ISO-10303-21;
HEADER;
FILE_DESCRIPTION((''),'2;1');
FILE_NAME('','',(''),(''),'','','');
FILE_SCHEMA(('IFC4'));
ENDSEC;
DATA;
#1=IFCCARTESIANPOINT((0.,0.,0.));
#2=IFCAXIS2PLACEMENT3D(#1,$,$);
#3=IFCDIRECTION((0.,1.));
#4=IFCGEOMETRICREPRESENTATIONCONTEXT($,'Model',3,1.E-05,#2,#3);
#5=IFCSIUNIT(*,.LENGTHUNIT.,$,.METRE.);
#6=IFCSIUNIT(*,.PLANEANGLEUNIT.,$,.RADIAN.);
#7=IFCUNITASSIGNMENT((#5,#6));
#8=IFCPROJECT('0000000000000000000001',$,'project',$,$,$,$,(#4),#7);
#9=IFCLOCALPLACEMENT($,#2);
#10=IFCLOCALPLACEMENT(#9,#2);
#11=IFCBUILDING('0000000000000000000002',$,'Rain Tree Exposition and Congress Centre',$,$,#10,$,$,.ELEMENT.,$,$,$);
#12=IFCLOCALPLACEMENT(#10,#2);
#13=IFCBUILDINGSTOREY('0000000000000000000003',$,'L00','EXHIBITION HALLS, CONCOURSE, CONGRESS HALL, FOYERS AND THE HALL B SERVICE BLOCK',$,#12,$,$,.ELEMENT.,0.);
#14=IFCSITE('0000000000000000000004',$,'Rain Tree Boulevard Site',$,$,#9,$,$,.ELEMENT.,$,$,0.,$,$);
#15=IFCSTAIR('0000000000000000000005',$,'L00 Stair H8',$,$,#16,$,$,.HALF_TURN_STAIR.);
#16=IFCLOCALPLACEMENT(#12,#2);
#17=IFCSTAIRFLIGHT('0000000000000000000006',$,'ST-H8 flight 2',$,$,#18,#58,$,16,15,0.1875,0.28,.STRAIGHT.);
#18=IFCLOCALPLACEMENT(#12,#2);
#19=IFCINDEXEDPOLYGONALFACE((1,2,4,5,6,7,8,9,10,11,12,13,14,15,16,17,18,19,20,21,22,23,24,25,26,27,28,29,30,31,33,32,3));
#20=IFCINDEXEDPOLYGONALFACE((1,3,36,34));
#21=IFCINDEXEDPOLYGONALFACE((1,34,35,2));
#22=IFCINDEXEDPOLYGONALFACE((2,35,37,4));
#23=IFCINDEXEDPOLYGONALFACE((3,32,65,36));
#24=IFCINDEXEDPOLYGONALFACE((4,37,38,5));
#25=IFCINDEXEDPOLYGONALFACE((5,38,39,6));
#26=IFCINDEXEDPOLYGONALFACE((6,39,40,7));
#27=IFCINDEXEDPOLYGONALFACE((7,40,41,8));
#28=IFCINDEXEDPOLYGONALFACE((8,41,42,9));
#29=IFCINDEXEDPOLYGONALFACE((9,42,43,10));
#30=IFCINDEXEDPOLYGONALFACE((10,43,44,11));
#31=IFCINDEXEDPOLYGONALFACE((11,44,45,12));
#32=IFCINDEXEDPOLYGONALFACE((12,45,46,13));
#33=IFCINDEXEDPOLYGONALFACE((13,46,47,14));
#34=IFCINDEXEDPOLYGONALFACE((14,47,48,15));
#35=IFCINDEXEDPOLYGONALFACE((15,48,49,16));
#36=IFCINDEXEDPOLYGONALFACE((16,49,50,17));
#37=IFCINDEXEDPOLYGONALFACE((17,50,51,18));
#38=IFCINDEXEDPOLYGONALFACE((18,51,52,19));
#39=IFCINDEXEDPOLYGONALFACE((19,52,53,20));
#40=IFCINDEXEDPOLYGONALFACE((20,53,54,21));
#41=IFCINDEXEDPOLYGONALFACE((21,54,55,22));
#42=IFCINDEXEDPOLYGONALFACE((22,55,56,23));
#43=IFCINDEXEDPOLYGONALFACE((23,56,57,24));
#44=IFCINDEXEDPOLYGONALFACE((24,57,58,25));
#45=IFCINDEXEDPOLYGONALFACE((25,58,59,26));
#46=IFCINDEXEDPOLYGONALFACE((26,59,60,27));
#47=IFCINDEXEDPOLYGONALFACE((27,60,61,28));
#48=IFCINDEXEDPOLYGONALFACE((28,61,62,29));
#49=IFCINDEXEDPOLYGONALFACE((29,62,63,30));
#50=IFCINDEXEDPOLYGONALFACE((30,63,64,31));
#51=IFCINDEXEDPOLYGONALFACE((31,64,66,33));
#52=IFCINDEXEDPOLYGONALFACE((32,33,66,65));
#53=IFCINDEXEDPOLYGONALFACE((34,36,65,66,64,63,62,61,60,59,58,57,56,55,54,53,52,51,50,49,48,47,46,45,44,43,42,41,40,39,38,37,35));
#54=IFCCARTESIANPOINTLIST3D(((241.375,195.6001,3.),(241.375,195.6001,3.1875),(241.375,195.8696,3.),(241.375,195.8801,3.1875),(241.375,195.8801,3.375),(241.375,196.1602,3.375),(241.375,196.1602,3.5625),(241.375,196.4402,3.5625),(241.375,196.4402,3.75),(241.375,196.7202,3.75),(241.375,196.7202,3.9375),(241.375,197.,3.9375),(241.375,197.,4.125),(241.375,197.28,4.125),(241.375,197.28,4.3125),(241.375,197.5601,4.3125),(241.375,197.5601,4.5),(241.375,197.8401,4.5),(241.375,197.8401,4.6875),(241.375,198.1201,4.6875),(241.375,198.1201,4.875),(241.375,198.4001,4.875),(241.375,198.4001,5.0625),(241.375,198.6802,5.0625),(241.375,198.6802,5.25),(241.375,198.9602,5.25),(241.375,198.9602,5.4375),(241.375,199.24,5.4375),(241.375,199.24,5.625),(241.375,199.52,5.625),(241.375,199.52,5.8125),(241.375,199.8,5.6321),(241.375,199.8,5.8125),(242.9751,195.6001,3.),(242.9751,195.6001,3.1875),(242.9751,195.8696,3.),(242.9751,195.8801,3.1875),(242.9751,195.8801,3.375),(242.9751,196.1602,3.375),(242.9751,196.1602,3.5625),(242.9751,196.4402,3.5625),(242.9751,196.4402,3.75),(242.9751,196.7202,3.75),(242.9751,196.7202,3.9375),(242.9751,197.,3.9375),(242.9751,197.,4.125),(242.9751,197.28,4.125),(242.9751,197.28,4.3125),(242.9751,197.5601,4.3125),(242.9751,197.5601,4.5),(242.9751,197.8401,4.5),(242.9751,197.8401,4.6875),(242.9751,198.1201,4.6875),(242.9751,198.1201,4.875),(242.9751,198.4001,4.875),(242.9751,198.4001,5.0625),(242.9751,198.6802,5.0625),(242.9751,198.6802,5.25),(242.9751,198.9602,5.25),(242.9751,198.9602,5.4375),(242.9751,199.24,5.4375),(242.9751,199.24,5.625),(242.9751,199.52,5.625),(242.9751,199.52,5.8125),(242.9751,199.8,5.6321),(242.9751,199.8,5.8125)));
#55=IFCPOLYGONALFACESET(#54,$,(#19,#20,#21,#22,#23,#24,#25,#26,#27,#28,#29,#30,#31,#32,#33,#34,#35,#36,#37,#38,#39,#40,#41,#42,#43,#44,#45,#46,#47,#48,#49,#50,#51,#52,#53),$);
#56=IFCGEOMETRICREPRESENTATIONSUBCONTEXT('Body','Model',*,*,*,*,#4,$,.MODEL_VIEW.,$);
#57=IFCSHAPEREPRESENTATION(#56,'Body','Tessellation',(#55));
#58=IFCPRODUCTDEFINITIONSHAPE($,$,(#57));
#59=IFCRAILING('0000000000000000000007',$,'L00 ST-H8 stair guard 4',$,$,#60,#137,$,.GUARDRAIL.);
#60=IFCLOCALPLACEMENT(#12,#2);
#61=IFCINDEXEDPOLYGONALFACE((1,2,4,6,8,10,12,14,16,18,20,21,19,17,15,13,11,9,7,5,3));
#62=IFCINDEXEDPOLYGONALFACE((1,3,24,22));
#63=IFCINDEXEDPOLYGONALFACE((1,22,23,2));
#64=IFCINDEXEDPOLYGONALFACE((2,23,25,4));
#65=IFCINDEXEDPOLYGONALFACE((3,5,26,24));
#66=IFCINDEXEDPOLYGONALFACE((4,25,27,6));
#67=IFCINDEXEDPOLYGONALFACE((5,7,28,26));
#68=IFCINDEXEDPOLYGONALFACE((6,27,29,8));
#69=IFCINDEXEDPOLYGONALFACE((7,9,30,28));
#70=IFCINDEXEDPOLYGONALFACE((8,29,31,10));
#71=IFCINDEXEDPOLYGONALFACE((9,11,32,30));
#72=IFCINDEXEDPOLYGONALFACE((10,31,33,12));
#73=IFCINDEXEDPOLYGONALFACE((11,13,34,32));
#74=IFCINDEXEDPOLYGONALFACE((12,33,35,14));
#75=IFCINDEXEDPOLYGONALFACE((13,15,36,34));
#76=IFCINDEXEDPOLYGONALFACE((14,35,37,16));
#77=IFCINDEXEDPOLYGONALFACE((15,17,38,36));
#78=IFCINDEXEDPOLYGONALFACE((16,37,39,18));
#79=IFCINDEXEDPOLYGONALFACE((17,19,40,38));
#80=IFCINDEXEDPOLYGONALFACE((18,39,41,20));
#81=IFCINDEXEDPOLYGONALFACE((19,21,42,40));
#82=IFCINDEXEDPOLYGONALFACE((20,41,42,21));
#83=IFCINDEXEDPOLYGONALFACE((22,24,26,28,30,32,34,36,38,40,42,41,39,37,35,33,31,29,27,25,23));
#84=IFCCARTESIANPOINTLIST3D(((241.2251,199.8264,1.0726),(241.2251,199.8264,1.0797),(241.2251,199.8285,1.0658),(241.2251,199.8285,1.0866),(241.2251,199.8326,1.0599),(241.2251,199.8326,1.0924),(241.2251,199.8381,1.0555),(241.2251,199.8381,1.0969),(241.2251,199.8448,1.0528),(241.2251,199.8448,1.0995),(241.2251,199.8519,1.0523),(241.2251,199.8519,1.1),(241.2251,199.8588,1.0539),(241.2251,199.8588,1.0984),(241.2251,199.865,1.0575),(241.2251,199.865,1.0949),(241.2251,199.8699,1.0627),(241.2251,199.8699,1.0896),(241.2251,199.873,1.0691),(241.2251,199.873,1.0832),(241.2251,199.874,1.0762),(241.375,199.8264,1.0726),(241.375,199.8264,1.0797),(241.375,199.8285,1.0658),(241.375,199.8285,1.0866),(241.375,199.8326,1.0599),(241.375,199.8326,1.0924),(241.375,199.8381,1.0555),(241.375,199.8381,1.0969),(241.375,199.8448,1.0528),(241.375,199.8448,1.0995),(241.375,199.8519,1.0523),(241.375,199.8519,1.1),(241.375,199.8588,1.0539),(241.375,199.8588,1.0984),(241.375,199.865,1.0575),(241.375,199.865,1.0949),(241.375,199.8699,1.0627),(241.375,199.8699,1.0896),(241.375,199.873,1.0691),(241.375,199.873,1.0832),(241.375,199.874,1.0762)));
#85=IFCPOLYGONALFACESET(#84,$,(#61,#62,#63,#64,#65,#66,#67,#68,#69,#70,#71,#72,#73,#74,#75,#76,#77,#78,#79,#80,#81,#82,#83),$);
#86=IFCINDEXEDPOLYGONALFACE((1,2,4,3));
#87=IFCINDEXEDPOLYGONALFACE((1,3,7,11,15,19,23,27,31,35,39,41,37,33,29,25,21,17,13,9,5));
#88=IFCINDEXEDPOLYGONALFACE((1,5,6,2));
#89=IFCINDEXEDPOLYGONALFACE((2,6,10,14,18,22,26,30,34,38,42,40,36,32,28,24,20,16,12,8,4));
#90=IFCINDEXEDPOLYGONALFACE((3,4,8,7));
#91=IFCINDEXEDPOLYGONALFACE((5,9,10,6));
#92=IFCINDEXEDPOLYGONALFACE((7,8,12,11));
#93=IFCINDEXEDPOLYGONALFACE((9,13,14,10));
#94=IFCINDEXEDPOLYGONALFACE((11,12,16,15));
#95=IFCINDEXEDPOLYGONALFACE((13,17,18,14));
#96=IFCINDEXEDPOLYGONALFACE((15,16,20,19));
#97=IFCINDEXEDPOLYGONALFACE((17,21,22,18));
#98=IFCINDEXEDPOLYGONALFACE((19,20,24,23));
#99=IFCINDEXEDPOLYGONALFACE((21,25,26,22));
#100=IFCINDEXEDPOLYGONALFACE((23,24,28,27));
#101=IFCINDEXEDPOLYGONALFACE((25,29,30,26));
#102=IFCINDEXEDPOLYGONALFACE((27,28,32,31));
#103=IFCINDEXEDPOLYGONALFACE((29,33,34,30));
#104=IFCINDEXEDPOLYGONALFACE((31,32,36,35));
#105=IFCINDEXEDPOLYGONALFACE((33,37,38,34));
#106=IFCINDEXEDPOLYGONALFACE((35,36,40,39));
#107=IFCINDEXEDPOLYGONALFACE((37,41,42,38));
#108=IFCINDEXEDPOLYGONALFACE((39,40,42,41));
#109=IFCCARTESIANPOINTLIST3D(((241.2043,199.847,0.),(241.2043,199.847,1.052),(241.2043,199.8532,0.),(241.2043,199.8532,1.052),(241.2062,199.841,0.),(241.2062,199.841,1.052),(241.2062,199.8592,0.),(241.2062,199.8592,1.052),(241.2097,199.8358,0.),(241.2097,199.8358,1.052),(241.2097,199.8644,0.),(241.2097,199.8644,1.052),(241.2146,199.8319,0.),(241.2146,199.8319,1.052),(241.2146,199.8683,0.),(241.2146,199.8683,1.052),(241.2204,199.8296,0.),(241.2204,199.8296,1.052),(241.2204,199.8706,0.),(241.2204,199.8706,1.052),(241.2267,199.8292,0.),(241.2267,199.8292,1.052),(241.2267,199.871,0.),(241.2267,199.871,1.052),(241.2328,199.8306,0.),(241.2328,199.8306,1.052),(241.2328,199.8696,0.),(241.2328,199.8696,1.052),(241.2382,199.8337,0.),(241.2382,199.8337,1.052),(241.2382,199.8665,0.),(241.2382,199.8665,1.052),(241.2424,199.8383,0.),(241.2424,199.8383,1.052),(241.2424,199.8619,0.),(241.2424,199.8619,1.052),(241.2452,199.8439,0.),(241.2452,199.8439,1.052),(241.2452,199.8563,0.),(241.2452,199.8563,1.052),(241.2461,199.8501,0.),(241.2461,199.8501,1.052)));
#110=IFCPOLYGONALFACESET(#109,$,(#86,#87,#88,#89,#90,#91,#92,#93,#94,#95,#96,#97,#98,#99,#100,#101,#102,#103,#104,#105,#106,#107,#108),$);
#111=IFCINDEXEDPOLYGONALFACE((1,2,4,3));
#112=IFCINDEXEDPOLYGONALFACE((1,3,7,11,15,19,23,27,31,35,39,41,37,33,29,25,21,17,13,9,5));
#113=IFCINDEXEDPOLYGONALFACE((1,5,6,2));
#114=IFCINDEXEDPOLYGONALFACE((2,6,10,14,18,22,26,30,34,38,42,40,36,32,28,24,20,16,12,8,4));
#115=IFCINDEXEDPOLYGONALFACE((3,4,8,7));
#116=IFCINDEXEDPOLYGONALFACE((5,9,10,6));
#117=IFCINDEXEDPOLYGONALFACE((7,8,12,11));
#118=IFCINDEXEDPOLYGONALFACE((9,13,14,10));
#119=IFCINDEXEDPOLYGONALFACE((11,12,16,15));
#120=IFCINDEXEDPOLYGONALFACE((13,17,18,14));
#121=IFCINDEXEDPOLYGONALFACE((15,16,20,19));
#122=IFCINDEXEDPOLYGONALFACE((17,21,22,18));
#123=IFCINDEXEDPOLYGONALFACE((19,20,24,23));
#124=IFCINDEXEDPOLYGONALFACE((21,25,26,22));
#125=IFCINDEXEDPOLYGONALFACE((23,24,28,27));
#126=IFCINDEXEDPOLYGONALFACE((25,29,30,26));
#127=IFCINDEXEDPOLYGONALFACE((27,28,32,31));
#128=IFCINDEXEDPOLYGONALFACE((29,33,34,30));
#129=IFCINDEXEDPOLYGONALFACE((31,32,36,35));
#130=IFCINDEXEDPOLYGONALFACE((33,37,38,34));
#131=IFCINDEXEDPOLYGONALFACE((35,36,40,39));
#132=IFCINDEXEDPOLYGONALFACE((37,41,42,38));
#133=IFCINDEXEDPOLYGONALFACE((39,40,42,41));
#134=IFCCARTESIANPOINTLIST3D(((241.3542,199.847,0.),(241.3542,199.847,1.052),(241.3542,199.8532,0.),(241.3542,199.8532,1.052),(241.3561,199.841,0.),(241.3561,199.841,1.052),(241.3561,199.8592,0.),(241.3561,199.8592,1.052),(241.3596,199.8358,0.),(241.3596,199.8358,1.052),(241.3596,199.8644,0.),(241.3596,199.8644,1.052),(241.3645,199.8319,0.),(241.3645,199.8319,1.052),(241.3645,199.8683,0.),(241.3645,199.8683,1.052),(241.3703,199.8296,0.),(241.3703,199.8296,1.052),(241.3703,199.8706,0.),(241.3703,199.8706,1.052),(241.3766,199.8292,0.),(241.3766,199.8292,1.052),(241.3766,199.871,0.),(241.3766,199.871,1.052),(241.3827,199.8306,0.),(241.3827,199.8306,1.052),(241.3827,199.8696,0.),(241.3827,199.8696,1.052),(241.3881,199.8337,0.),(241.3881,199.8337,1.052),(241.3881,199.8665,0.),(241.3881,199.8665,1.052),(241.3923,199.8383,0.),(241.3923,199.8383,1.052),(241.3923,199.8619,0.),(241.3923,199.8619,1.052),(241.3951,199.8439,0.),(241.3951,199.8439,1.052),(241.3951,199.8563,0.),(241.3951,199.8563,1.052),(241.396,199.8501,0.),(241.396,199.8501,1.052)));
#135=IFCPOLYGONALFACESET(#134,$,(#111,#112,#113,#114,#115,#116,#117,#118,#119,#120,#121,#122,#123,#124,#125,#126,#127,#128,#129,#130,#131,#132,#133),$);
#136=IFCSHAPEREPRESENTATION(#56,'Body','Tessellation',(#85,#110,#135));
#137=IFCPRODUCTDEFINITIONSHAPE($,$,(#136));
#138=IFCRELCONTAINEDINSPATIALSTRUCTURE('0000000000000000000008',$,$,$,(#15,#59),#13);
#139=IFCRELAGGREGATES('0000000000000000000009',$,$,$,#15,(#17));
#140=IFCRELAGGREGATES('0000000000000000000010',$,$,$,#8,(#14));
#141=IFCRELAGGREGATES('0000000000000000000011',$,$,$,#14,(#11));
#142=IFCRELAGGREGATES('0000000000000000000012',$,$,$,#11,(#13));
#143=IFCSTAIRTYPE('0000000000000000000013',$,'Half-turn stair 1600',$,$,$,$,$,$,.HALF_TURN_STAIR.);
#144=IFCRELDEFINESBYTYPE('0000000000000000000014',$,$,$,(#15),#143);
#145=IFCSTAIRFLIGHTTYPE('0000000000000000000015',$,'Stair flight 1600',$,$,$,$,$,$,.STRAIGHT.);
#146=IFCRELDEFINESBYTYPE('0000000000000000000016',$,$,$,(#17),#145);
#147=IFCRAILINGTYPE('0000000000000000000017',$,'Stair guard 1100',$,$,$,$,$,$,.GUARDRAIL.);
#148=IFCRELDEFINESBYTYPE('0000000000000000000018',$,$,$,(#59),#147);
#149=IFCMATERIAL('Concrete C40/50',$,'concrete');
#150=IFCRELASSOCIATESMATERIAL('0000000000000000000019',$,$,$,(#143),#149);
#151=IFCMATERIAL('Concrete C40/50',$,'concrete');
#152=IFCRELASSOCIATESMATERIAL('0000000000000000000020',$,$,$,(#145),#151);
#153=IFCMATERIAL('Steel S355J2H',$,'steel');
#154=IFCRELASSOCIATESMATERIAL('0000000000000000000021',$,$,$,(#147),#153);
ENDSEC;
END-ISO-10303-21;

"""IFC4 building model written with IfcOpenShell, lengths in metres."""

from ifc_helpers import new_model, si_unit, direction, frame, origin, origin_2d, place, context, subcontext, project, spatial, polyline, circle, outline, extrude, material, type_object, element, aggregate, save


model = new_model("IFC4")

# Units and contexts
model_context = context("Model", 3, precision=1e-05, world=origin(), true_north=direction((0.0, 1.0)))
body_context = subcontext(model_context, "Body", "Model", "MODEL_VIEW")
ifc_project = project(units=[si_unit("LENGTHUNIT", "METRE"), si_unit("PLANEANGLEUNIT", "RADIAN")], contexts=[model_context])

# Site, building, storey
site_placement = place(None, origin())
site = spatial("IfcSite", under=ifc_project, at=site_placement, Name="Rain Tree Boulevard Site", CompositionType="ELEMENT", RefElevation=0.0)
building_placement = place(site_placement, origin())
building = spatial("IfcBuilding", under=site, at=building_placement, Name="Rain Tree Exposition and Congress Centre", CompositionType="ELEMENT")
storey_placement = place(building_placement, origin())
storey = spatial("IfcBuildingStorey", under=building, at=storey_placement, Name="L00", Description="EXHIBITION HALLS, CONCOURSE, CONGRESS HALL, FOYERS AND THE HALL B SERVICE BLOCK", CompositionType="ELEMENT", Elevation=0.0)

# Stair, stair flight
ifc_material_1 = material(Name="Concrete C40/50", Category="concrete")
stair_type = type_object("IfcStairType", Name="Half-turn stair 1600", PredefinedType="HALF_TURN_STAIR", material=ifc_material_1)
stair_placement = place(storey_placement, origin())
stair = element("IfcStair", 1, at=stair_placement, inside=storey, type_object=stair_type, Name="L00 Stair H8", PredefinedType="HALF_TURN_STAIR")
ifc_material_2 = material(Name="Concrete C40/50", Category="concrete")
stair_flight_type = type_object("IfcStairFlightType", Name="Stair flight 1600", PredefinedType="STRAIGHT", material=ifc_material_2)
stair_flight_placement = place(storey_placement, frame((242.175, 195.6001, 3.0), z_axis=(0.0, 0.0, 1.0), x_axis=(0.0, 1.0, 0.0)))
stair_flight = element("IfcStairFlight", 2, at=stair_flight_placement, type_object=stair_flight_type, Name="ST-H8 flight 2", NumberOfRisers=16, NumberOfTreads=15, PredefinedType="STRAIGHT", RiserHeight=0.1875, TreadLength=0.28, context=body_context, shape_type="SweptSolid", body=[
    extrude(outline(polyline([(0.0, 0.0), (0.0, 0.1875), (0.28, 0.1875), (0.28, 0.375), (0.5601, 0.375), (0.5601, 0.5625), (0.8401, 0.5625), (0.8401, 0.75), (1.1201, 0.75), (1.1201, 0.9375), (1.3999, 0.9375), (1.3999, 1.125), (1.6799, 1.125), (1.6799, 1.3125), (1.96, 1.3125), (1.96, 1.5), (2.24, 1.5), (2.24, 1.6875), (2.52, 1.6875), (2.52, 1.875), (2.8, 1.875), (2.8, 2.0625), (3.0801, 2.0625), (3.0801, 2.25), (3.3601, 2.25), (3.3601, 2.4375), (3.6399, 2.4375), (3.6399, 2.625), (3.9199, 2.625), (3.9199, 2.8125), (4.2, 2.8125), (4.2, 3.0), (4.2, 2.6321), (0.2695, 0.0), (0.0, 0.0)])), frame((0.0, 0.8, 0.0), z_axis=(0.0, -1.0, 0.0), x_axis=(1.0, 0.0, 0.0)), (0.0, 0.0, 1.0), 1.6001),
])
aggregate(stair, [stair_flight])

# Railing
ifc_material_3 = material(Name="Steel S355J2H", Category="steel")
railing_type_1 = type_object("IfcRailingType", Name="Stair guard 1100", PredefinedType="GUARDRAIL", material=ifc_material_3)
railing_1_placement = place(storey_placement, frame((241.2251, 199.8501, 0.0)))
element("IfcRailing", 3, at=railing_1_placement, inside=storey, type_object=railing_type_1, Name="L00 ST-H8 stair guard 4", PredefinedType="GUARDRAIL", context=body_context, shape_type="SweptSolid", body=[
    extrude(circle(Radius=0.0239, at=origin_2d()), frame((0.0, 0.0, 1.0762), z_axis=(1.0, 0.0, 0.0), x_axis=(0.0, 1.0, 0.0)), (0.0, 0.0, 1.0), 0.1499),
    extrude(circle(Radius=0.021, at=origin_2d()), origin(), (0.0, 0.0, 1.0), 1.052),
    extrude(circle(Radius=0.021, at=origin_2d()), frame((0.1499, 0.0, 0.0)), (0.0, 0.0, 1.0), 1.052),
])

save(model, "model.ifc")
